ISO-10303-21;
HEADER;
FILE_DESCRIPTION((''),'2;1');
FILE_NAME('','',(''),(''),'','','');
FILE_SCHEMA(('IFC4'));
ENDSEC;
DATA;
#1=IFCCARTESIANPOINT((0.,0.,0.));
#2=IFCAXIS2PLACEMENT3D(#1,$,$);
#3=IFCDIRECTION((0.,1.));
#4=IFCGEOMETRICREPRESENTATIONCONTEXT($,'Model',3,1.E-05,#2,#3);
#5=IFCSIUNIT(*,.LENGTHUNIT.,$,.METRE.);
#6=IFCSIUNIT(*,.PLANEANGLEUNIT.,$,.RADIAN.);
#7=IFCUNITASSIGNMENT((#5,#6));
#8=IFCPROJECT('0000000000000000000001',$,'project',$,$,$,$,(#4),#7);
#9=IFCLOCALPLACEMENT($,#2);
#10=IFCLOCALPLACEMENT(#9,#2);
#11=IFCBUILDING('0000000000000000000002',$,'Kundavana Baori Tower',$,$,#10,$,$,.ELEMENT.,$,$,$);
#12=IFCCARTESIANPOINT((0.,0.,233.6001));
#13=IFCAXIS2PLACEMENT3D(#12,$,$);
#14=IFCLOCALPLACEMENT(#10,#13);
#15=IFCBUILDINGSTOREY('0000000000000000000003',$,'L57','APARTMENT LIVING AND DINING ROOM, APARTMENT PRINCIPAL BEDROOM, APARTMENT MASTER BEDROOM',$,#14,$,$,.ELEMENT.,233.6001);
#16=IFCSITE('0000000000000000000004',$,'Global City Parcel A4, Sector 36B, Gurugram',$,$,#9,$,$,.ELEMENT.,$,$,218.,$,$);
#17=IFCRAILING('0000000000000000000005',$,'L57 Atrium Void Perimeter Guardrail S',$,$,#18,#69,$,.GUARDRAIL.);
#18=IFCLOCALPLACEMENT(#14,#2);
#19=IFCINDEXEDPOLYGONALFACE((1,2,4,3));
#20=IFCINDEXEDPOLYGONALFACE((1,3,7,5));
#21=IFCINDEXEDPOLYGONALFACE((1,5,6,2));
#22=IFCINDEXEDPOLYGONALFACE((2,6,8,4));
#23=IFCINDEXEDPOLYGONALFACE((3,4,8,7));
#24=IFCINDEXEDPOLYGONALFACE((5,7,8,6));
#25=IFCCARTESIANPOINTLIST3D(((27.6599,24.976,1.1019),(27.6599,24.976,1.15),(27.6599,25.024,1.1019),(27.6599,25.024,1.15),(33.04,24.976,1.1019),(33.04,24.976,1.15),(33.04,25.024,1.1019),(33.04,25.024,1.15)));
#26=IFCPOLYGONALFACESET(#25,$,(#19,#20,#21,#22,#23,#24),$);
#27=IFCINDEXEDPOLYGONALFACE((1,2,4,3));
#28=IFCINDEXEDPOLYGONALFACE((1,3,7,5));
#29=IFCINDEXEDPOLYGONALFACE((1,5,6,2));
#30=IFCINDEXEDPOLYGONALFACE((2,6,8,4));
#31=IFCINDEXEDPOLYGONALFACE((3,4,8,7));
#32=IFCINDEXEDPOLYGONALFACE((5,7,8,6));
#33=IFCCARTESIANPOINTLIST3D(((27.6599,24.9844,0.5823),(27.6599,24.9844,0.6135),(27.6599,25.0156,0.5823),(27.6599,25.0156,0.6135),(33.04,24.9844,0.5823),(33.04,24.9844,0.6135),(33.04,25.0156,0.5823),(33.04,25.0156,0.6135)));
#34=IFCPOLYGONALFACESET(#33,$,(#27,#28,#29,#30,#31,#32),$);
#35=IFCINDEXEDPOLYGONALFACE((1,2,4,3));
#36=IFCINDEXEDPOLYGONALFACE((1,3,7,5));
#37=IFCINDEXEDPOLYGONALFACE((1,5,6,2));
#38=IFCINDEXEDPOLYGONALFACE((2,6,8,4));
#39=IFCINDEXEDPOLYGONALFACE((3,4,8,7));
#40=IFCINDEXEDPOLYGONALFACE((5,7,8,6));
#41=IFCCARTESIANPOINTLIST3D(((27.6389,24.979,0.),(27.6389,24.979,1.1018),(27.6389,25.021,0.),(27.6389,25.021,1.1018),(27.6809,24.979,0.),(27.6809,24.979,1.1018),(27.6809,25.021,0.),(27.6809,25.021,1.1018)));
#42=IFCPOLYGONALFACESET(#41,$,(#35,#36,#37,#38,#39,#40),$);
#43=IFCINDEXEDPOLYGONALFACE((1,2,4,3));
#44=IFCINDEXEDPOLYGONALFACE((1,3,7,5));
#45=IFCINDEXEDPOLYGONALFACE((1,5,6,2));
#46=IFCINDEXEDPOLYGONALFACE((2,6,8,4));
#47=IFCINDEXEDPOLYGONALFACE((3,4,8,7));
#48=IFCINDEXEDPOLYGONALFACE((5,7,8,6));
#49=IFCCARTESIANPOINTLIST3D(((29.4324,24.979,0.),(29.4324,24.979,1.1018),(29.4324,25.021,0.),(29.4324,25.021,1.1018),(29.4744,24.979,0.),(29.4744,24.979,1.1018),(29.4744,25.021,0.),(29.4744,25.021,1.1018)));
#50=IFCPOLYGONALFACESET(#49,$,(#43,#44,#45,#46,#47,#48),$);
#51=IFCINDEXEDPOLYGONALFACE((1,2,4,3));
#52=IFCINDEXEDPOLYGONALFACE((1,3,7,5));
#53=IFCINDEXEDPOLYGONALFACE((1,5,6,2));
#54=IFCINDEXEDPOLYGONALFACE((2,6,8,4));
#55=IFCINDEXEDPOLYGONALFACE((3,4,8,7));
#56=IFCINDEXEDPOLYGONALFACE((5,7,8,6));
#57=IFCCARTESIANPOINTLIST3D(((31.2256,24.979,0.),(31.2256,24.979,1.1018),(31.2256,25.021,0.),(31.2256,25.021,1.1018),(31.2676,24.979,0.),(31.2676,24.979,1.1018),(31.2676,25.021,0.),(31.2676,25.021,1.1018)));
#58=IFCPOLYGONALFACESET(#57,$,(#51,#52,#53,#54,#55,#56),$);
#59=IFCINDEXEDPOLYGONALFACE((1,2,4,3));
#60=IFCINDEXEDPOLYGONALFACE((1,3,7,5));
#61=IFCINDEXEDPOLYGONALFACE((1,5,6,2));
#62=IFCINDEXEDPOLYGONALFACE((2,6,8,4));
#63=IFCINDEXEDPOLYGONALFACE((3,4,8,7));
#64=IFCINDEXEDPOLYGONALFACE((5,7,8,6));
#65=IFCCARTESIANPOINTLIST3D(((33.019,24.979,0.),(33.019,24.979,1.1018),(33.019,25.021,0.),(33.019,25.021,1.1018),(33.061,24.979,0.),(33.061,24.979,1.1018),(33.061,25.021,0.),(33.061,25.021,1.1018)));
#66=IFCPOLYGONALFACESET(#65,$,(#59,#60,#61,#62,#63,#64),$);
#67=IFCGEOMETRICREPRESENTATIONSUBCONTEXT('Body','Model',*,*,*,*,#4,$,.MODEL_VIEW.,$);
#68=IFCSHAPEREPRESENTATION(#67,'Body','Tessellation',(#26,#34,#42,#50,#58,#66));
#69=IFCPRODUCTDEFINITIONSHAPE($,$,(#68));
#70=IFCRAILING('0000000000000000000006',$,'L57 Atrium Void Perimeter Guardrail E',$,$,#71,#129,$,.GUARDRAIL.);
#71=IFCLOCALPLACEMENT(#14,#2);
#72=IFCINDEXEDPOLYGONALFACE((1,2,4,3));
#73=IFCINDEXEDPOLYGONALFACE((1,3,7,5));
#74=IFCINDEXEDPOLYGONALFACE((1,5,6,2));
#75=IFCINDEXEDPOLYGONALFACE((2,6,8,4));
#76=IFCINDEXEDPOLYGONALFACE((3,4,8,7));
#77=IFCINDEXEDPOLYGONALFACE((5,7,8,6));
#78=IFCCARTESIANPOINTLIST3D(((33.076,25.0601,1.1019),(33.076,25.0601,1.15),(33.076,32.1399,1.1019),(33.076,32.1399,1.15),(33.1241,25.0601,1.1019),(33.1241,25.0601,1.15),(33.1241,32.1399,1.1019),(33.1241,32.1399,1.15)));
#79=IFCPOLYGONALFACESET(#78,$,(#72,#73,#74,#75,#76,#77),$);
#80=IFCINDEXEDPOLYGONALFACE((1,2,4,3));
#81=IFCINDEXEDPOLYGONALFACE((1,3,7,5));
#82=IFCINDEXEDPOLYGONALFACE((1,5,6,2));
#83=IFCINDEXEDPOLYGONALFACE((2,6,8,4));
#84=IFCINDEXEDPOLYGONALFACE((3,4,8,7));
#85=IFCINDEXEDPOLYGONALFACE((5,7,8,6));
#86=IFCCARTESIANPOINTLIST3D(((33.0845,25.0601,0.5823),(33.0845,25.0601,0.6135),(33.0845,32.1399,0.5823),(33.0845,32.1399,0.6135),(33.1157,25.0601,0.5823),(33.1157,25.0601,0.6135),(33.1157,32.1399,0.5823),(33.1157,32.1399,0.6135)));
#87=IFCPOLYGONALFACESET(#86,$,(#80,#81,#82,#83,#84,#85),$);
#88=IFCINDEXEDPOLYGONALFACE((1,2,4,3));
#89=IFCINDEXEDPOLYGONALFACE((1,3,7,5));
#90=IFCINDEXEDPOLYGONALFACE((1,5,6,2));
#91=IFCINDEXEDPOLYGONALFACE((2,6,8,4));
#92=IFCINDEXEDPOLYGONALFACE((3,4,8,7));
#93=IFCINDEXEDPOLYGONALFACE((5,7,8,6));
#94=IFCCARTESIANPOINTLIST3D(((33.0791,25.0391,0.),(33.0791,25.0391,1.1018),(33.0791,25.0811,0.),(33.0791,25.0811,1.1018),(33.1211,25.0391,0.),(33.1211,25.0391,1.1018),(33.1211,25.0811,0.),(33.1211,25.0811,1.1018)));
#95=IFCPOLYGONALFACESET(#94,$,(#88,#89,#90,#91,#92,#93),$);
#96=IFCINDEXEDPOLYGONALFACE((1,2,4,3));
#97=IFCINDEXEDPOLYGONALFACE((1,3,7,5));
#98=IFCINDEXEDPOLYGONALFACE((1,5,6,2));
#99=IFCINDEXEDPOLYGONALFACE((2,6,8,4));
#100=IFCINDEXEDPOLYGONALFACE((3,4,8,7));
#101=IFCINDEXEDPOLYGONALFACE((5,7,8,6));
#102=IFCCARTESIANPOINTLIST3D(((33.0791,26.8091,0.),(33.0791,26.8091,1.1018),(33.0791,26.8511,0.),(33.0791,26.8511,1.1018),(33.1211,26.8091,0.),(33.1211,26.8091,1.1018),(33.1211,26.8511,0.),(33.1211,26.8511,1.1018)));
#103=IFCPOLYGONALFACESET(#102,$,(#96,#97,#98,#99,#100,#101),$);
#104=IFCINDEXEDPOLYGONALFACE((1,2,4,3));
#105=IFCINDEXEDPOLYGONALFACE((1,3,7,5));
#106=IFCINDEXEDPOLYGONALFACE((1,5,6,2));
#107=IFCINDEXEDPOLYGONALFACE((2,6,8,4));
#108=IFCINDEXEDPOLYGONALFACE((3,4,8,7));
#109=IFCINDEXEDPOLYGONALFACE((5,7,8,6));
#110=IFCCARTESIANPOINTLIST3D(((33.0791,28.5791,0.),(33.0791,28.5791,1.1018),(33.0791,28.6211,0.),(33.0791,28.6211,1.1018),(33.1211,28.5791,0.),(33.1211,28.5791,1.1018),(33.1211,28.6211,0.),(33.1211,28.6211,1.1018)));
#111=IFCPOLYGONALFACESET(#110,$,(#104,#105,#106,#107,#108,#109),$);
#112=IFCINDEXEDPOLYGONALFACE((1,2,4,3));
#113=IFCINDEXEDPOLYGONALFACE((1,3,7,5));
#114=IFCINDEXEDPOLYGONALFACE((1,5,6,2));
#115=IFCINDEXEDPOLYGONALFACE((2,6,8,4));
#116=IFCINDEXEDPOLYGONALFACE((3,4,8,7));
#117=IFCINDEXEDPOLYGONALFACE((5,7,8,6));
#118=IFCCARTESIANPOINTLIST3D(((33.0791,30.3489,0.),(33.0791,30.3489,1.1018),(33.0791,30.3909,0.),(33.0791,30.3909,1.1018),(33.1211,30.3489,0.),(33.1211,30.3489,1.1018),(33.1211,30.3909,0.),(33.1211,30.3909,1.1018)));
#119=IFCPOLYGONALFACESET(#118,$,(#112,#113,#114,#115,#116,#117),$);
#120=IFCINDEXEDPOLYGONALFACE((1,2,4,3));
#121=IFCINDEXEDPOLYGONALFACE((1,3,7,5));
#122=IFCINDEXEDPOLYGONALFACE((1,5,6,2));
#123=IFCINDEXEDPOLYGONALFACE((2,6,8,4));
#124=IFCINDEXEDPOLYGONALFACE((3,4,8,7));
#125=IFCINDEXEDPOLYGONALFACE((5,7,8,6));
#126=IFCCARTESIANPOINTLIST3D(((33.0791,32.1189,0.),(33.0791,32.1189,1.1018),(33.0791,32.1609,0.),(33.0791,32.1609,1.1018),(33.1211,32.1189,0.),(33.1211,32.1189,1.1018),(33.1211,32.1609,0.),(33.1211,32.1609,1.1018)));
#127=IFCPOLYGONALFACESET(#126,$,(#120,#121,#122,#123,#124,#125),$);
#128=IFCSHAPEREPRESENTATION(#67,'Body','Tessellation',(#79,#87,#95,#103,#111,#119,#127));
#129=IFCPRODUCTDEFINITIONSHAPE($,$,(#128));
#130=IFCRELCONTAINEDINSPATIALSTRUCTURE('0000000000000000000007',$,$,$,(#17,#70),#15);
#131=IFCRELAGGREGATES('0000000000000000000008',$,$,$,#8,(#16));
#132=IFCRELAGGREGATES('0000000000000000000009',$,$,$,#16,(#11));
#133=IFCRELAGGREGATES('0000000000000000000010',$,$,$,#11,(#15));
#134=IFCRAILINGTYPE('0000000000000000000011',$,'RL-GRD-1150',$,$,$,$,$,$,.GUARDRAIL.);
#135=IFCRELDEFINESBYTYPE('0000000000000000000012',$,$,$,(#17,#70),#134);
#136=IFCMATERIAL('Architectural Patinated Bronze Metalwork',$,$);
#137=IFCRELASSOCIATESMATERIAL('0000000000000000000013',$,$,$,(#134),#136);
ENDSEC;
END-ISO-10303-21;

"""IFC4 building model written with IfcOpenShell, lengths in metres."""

from ifc_helpers import new_model, si_unit, direction, frame, origin, origin_2d, place, context, subcontext, project, spatial, rectangle, extrude, material, type_object, element, save


model = new_model("IFC4")

# Units and contexts
model_context = context("Model", 3, precision=1e-05, world=origin(), true_north=direction((0.0, 1.0)))
body_context = subcontext(model_context, "Body", "Model", "MODEL_VIEW")
ifc_project = project(units=[si_unit("LENGTHUNIT", "METRE"), si_unit("PLANEANGLEUNIT", "RADIAN")], contexts=[model_context])

# Site, building, storey
site_placement = place(None, origin())
site = spatial("IfcSite", under=ifc_project, at=site_placement, Name="Global City Parcel A4, Sector 36B, Gurugram", CompositionType="ELEMENT", RefElevation=218.0)
building_placement = place(site_placement, origin())
building = spatial("IfcBuilding", under=site, at=building_placement, Name="Kundavana Baori Tower", CompositionType="ELEMENT")
storey_placement = place(building_placement, frame((0.0, 0.0, 233.6001)))
storey = spatial("IfcBuildingStorey", under=building, at=storey_placement, Name="L57", Description="APARTMENT LIVING AND DINING ROOM, APARTMENT PRINCIPAL BEDROOM, APARTMENT MASTER BEDROOM", CompositionType="ELEMENT", Elevation=233.6001)

# Railings
ifc_material_1 = material(Name="Architectural Patinated Bronze Metalwork")
railing_type = type_object("IfcRailingType", Name="RL-GRD-1150", PredefinedType="GUARDRAIL", material=ifc_material_1)
railing_1_placement = place(storey_placement, frame((27.6599, 25.0, 0.0)))
element("IfcRailing", 1, at=railing_1_placement, inside=storey, type_object=railing_type, Name="L57 Atrium Void Perimeter Guardrail S", PredefinedType="GUARDRAIL", context=body_context, shape_type="SweptSolid", body=[
    extrude(rectangle(XDim=0.0481, YDim=0.0481, at=origin_2d()), frame((0.0, 0.0, 1.126), z_axis=(1.0, 0.0, 0.0), x_axis=(0.0, 1.0, 0.0)), (0.0, 0.0, 1.0), 5.3801),
    extrude(rectangle(XDim=0.0312, YDim=0.0312, at=origin_2d()), frame((0.0, 0.0, 0.5979), z_axis=(1.0, 0.0, 0.0), x_axis=(0.0, 1.0, 0.0)), (0.0, 0.0, 1.0), 5.3801),
    extrude(rectangle(XDim=0.042, YDim=0.042, at=origin_2d()), origin(), (0.0, 0.0, 1.0), 1.1018),
    extrude(rectangle(XDim=0.042, YDim=0.042, at=origin_2d()), frame((1.7935, 0.0, 0.0)), (0.0, 0.0, 1.0), 1.1018),
    extrude(rectangle(XDim=0.042, YDim=0.042, at=origin_2d()), frame((3.5867, 0.0, 0.0)), (0.0, 0.0, 1.0), 1.1018),
    extrude(rectangle(XDim=0.042, YDim=0.042, at=origin_2d()), frame((5.3801, 0.0, 0.0)), (0.0, 0.0, 1.0), 1.1018),
])
railing_2_placement = place(storey_placement, frame((33.1001, 25.0601, 0.0)))
element("IfcRailing", 2, at=railing_2_placement, inside=storey, type_object=railing_type, Name="L57 Atrium Void Perimeter Guardrail E", PredefinedType="GUARDRAIL", context=body_context, shape_type="SweptSolid", body=[
    extrude(rectangle(XDim=0.0481, YDim=0.0481, at=origin_2d()), frame((0.0, 0.0, 1.126), z_axis=(0.0, 1.0, 0.0), x_axis=(-1.0, 0.0, 0.0)), (0.0, 0.0, 1.0), 7.0798),
    extrude(rectangle(XDim=0.0312, YDim=0.0312, at=origin_2d()), frame((0.0, 0.0, 0.5979), z_axis=(0.0, 1.0, 0.0), x_axis=(-1.0, 0.0, 0.0)), (0.0, 0.0, 1.0), 7.0798),
    extrude(rectangle(XDim=0.042, YDim=0.042, at=origin_2d()), origin(), (0.0, 0.0, 1.0), 1.1018),
    extrude(rectangle(XDim=0.042, YDim=0.042, at=origin_2d()), frame((0.0, 1.77, 0.0)), (0.0, 0.0, 1.0), 1.1018),
    extrude(rectangle(XDim=0.042, YDim=0.042, at=origin_2d()), frame((0.0, 3.54, 0.0)), (0.0, 0.0, 1.0), 1.1018),
    extrude(rectangle(XDim=0.042, YDim=0.042, at=origin_2d()), frame((0.0, 5.3098, 0.0)), (0.0, 0.0, 1.0), 1.1018),
    extrude(rectangle(XDim=0.042, YDim=0.042, at=origin_2d()), frame((0.0, 7.0798, 0.0)), (0.0, 0.0, 1.0), 1.1018),
])

save(model, "model.ifc")
